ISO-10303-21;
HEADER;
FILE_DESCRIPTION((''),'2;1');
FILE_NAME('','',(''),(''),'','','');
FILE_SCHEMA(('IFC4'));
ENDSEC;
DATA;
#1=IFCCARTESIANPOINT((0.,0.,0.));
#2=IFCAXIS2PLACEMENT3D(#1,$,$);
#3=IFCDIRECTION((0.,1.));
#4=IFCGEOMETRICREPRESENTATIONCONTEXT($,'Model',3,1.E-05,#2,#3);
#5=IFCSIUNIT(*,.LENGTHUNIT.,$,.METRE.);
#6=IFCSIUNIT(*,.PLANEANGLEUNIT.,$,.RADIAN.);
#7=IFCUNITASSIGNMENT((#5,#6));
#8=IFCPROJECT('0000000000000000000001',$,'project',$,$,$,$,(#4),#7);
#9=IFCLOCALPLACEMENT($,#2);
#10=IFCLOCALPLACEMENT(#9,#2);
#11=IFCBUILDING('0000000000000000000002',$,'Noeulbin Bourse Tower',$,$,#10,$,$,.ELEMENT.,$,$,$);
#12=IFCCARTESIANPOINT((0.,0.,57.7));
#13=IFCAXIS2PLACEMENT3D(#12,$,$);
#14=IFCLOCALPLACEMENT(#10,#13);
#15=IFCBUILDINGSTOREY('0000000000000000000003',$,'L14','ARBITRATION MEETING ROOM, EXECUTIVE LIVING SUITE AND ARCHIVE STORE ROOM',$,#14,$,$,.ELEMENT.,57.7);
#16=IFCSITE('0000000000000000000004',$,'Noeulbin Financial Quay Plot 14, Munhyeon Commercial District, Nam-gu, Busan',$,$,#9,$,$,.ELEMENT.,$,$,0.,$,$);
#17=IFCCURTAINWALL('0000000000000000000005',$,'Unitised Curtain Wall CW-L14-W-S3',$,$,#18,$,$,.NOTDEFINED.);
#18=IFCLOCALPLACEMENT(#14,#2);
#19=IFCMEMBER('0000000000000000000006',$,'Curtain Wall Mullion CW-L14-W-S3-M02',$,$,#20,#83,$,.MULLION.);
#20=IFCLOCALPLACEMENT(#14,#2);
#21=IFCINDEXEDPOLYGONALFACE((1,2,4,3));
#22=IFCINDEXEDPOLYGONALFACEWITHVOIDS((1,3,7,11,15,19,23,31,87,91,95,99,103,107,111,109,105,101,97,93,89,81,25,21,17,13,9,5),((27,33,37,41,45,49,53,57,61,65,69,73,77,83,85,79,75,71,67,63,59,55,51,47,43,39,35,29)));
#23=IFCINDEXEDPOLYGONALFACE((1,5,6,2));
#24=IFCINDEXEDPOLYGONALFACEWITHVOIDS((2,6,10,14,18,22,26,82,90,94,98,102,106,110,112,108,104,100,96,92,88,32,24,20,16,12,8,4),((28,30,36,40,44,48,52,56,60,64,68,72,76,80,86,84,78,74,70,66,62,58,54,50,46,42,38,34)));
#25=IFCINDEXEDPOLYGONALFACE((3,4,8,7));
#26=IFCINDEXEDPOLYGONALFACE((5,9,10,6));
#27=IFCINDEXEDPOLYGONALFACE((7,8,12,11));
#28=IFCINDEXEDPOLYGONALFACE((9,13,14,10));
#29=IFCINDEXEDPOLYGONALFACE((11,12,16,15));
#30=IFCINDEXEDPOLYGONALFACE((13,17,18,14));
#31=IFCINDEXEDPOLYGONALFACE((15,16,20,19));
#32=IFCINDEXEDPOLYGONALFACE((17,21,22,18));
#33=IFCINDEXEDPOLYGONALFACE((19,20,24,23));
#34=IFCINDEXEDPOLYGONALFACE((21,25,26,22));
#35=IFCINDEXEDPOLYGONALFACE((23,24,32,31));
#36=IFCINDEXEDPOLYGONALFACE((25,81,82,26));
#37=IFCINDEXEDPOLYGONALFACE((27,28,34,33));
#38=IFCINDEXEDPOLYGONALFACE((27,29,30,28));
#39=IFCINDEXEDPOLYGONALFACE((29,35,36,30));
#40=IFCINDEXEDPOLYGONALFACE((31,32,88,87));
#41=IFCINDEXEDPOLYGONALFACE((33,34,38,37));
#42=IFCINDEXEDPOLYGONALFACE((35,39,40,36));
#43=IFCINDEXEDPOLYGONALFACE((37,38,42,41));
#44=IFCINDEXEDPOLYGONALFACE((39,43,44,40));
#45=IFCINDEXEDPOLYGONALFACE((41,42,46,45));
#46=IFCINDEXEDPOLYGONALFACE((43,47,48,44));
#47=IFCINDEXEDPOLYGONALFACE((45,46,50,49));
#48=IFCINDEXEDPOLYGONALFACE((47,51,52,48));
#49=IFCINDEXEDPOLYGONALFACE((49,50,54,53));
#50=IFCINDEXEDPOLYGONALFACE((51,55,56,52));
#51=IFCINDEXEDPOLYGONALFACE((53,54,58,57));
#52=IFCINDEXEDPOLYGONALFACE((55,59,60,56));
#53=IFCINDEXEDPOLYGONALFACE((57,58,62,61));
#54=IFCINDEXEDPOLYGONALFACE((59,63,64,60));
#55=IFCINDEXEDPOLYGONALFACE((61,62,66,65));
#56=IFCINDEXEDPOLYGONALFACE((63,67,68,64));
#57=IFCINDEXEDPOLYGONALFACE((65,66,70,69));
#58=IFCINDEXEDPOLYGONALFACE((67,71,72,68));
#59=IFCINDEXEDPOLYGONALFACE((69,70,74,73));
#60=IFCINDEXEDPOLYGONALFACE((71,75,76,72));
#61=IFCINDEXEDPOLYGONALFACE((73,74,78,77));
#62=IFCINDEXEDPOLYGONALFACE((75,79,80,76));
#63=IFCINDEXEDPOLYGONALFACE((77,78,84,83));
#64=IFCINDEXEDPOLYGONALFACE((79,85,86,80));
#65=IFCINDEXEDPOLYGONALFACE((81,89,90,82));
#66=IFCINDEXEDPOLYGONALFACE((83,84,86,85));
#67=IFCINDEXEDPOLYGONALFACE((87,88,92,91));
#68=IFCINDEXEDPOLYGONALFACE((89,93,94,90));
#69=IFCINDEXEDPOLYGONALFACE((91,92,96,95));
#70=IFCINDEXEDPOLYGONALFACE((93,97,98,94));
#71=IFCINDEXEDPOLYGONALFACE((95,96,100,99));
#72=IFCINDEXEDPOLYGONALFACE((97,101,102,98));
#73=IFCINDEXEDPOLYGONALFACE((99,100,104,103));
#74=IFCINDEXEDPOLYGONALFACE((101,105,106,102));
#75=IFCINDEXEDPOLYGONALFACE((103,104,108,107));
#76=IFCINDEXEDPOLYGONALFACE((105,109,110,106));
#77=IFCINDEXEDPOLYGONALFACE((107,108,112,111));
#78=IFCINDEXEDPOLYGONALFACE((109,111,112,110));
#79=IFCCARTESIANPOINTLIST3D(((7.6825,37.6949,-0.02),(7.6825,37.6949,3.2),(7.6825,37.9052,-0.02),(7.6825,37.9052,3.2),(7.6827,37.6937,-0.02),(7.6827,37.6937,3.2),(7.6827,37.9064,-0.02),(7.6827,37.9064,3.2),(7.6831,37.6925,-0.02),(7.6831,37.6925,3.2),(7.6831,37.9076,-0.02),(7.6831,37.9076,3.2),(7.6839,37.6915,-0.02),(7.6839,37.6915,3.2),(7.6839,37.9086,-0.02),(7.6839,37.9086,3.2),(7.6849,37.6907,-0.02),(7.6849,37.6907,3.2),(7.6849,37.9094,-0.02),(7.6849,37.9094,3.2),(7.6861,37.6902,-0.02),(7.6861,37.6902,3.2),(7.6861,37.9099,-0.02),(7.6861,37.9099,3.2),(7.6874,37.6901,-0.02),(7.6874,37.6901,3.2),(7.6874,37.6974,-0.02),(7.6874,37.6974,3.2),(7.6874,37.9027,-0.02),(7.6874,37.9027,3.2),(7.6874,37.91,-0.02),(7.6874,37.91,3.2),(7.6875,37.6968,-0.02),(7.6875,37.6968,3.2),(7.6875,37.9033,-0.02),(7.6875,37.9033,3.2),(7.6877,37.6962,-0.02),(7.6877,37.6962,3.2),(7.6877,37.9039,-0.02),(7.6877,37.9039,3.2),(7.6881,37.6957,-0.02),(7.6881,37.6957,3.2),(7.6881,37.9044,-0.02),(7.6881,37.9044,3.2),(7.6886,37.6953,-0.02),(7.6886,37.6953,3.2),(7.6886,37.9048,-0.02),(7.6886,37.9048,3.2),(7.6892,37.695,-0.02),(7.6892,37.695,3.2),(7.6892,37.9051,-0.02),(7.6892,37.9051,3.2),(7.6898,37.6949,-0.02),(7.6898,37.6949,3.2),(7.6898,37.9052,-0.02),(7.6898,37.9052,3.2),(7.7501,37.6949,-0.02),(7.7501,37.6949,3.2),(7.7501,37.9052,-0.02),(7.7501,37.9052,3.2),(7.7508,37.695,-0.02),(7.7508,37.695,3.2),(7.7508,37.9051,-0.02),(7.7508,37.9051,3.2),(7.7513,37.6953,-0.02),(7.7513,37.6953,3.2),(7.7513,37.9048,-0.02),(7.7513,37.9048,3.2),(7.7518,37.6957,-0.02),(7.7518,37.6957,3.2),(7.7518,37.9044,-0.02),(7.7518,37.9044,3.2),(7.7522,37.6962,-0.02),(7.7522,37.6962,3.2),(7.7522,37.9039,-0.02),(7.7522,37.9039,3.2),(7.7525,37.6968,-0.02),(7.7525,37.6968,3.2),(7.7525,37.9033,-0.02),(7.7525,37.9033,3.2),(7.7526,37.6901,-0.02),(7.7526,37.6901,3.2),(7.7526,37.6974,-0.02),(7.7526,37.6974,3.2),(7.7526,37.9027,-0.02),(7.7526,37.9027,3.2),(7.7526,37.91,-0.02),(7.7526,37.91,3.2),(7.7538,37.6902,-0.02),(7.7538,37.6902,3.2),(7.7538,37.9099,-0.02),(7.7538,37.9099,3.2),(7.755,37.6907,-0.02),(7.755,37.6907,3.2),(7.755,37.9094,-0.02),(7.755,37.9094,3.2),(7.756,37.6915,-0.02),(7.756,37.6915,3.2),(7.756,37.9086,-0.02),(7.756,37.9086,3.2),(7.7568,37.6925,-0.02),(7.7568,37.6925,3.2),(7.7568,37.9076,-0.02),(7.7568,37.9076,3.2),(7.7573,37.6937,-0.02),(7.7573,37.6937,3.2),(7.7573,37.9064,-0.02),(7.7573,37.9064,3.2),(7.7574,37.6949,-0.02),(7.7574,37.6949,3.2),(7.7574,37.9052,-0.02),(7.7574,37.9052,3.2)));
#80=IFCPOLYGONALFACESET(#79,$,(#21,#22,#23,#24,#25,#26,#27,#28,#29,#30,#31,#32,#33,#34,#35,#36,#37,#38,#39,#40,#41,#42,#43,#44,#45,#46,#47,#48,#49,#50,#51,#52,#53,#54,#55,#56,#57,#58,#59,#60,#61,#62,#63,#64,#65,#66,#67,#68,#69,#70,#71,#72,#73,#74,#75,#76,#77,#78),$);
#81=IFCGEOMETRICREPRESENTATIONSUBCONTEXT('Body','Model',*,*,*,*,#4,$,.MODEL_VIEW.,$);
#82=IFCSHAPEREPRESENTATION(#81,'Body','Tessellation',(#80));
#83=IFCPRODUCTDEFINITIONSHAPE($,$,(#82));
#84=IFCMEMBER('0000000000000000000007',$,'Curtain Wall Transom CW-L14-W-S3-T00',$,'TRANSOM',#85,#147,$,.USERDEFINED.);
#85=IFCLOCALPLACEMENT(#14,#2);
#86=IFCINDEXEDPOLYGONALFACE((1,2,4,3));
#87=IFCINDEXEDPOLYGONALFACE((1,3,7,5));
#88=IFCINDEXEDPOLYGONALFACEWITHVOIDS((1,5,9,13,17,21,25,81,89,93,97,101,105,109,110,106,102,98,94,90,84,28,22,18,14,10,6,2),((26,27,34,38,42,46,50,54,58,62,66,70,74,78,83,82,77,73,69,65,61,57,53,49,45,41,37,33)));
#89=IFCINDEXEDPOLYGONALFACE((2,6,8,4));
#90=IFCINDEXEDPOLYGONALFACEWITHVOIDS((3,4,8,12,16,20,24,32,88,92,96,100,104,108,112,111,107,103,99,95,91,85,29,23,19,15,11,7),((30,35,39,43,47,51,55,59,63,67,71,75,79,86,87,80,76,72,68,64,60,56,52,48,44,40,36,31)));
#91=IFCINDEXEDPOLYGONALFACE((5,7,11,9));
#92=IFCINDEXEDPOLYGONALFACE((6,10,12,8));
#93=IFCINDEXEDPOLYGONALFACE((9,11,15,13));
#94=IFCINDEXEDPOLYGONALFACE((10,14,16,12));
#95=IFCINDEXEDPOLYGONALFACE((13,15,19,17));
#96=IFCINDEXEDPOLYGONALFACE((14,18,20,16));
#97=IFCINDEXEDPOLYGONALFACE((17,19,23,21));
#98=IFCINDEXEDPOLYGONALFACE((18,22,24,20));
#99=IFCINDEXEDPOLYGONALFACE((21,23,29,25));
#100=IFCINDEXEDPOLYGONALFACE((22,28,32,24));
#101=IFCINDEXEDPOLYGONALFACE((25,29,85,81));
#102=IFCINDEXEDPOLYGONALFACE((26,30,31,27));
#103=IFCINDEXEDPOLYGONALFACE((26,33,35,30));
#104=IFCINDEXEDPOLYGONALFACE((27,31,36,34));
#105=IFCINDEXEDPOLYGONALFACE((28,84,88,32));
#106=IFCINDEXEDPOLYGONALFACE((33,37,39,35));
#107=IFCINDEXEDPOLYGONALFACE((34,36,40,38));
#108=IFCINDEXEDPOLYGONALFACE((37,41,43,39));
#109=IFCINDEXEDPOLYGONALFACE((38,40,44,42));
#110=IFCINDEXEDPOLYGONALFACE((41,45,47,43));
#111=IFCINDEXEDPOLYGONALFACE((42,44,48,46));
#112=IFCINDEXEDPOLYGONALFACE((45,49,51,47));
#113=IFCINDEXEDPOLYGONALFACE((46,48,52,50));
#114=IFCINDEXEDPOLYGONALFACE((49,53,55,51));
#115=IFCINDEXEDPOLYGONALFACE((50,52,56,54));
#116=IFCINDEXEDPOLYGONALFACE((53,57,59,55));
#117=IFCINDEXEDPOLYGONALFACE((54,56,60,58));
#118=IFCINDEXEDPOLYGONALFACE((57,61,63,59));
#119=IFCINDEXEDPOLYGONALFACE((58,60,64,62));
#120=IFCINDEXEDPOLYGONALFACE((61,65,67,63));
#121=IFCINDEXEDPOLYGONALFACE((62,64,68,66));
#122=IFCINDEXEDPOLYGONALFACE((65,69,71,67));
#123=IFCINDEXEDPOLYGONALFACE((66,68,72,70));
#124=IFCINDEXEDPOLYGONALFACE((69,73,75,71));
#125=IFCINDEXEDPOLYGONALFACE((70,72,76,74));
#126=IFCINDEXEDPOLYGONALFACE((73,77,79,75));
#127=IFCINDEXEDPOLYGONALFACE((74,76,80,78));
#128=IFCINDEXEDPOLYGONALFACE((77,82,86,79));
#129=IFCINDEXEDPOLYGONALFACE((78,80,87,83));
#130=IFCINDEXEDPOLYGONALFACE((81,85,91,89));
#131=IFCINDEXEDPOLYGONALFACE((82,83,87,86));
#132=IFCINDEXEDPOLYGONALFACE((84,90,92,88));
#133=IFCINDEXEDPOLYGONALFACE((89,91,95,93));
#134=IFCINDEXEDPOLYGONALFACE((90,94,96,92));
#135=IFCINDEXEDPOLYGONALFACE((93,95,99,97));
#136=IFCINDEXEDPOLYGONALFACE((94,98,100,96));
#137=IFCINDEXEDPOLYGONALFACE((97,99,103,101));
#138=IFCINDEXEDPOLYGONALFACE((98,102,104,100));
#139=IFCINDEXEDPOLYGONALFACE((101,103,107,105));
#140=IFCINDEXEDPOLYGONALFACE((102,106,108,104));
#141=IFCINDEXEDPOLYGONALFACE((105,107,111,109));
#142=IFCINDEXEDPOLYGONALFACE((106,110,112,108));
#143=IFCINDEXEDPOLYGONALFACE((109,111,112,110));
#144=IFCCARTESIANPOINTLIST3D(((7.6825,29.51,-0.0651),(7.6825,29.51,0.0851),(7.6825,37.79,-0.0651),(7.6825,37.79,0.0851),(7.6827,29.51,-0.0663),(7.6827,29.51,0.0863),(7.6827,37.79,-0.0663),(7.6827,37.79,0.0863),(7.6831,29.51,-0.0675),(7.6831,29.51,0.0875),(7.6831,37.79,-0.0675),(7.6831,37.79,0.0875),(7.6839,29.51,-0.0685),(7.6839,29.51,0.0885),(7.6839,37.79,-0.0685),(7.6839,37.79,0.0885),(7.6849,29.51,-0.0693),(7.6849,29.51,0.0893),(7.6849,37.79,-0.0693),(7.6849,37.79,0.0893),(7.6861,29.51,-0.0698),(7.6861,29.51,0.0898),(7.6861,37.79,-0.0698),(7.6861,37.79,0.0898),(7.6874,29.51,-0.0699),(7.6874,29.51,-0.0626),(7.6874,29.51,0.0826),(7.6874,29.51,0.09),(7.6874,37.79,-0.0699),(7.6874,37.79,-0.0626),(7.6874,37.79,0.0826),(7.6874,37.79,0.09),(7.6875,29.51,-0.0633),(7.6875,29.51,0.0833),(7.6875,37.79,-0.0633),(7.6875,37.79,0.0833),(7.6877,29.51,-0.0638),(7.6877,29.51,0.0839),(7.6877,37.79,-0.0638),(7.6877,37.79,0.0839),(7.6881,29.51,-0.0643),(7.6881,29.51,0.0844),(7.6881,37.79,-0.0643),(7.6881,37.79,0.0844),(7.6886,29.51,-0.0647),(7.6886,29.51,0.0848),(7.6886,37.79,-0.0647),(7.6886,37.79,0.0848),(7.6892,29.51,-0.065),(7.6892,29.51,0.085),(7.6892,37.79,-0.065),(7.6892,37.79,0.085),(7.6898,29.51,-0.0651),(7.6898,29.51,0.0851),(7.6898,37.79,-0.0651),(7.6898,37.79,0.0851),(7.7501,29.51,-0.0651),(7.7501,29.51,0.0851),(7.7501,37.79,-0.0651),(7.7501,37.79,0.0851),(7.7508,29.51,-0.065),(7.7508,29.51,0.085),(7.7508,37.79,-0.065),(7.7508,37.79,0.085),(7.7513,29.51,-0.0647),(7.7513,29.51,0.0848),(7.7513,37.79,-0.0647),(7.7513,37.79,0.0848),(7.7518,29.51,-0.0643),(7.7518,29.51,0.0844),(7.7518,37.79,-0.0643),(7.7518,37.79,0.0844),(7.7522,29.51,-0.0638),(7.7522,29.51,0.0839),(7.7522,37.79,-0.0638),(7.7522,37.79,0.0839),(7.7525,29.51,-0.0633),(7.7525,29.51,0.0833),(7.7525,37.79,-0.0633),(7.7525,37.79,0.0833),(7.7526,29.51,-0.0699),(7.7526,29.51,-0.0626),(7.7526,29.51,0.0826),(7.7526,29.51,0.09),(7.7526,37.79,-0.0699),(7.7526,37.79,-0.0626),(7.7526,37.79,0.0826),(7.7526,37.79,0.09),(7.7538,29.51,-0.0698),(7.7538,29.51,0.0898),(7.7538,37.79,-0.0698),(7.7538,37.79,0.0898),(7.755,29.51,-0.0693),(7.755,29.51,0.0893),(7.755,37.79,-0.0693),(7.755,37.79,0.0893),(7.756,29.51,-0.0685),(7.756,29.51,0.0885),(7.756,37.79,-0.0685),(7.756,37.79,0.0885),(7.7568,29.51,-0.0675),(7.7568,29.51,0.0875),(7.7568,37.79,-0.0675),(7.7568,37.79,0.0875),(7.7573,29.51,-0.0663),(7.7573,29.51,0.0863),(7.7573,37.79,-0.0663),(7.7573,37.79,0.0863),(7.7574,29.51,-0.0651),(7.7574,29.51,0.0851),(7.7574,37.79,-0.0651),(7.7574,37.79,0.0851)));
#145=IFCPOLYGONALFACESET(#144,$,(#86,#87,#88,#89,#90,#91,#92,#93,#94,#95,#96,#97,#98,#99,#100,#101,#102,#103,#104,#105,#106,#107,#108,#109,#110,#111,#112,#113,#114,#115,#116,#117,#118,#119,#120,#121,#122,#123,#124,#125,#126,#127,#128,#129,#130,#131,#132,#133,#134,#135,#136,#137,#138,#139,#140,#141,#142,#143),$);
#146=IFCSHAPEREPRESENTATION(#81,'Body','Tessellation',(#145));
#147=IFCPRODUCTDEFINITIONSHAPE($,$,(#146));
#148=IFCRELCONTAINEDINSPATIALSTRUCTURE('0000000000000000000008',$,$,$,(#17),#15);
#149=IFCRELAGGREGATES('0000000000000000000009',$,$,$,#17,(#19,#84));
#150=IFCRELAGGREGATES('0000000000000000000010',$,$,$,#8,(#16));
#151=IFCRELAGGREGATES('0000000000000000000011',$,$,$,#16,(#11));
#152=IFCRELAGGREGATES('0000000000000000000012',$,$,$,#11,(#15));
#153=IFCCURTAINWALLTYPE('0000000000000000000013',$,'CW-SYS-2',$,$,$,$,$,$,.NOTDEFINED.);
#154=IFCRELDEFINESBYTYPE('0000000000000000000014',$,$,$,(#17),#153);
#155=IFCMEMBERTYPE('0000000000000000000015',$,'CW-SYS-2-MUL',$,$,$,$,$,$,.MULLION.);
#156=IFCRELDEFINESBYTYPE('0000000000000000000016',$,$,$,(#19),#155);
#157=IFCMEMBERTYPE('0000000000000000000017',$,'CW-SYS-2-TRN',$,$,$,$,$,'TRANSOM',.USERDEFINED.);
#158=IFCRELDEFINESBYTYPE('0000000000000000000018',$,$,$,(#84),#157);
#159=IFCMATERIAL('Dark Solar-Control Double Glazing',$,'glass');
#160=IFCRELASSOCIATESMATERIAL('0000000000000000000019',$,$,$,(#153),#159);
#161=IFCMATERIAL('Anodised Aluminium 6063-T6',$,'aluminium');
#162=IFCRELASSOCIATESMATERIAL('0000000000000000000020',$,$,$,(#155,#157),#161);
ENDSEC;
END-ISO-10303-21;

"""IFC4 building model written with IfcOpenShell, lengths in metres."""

from ifc_helpers import new_model, si_unit, direction, frame, origin, origin_2d, place, context, subcontext, project, spatial, hollow_rectangle, extrude, material, material_profile, profile_set, type_object, element, aggregate, save


model = new_model("IFC4")

# Units and contexts
model_context = context("Model", 3, precision=1e-05, world=origin(), true_north=direction((0.0, 1.0)))
body_context = subcontext(model_context, "Body", "Model", "MODEL_VIEW")
ifc_project = project(units=[si_unit("LENGTHUNIT", "METRE"), si_unit("PLANEANGLEUNIT", "RADIAN")], contexts=[model_context])

# Site, building, storey
site_placement = place(None, origin())
site = spatial("IfcSite", under=ifc_project, at=site_placement, Name="Noeulbin Financial Quay Plot 14, Munhyeon Commercial District, Nam-gu, Busan", CompositionType="ELEMENT", RefElevation=0.0)
building_placement = place(site_placement, origin())
building = spatial("IfcBuilding", under=site, at=building_placement, Name="Noeulbin Bourse Tower", CompositionType="ELEMENT")
storey_placement = place(building_placement, frame((0.0, 0.0, 57.7)))
storey = spatial("IfcBuildingStorey", under=building, at=storey_placement, Name="L14", Description="ARBITRATION MEETING ROOM, EXECUTIVE LIVING SUITE AND ARCHIVE STORE ROOM", CompositionType="ELEMENT", Elevation=57.7)

# Shared definitions
ifc_material_1 = material(Name="Dark Solar-Control Double Glazing", Category="glass")
curtain_wall_type = type_object("IfcCurtainWallType", Name="CW-SYS-2", PredefinedType="NOTDEFINED", material=ifc_material_1)
ifc_material_2 = material(Name="Anodised Aluminium 6063-T6", Category="aluminium")
ifc_material_profile_1 = material_profile(ifc_material_2, hollow_rectangle(XDim=0.075, YDim=0.22, WallThickness=0.0049, InnerFilletRadius=0.0024, OuterFilletRadius=0.0049, at=origin_2d()), Name="ALU-MULL-75x220x5", Category="LoadBearing")
ifc_profile_set_1 = profile_set([ifc_material_profile_1], Name="Anodised Aluminium 6063-T6")
member_type_1 = type_object("IfcMemberType", Name="CW-SYS-2-MUL", PredefinedType="MULLION", material=ifc_profile_set_1)

# Curtain wall, members
curtain_wall_1_placement = place(storey_placement, origin())
curtain_wall_1 = element("IfcCurtainWall", 1, at=curtain_wall_1_placement, inside=storey, type_object=curtain_wall_type, Name="Unitised Curtain Wall CW-L14-W-S3", PredefinedType="NOTDEFINED")
member_1_placement = place(storey_placement, frame((7.72, 37.8, -0.02), z_axis=(0.0, 0.0, 1.0), x_axis=(1.0, 0.0, 0.0)))
member_1 = element("IfcMember", 2, at=member_1_placement, type_object=member_type_1, Name="Curtain Wall Mullion CW-L14-W-S3-M02", PredefinedType="MULLION", context=body_context, shape_type="SweptSolid", body=[
    extrude(hollow_rectangle(XDim=0.075, YDim=0.22, WallThickness=0.0049, InnerFilletRadius=0.0024, OuterFilletRadius=0.0049, at=origin_2d()), origin(), (0.0, 0.0, 1.0), 3.22),
])
ifc_material_profile_2 = material_profile(ifc_material_2, hollow_rectangle(XDim=0.075, YDim=0.1599, WallThickness=0.0049, InnerFilletRadius=0.0024, OuterFilletRadius=0.0049, at=origin_2d()), Name="ALU-TRAN-75x160x5", Category="LoadBearing")
ifc_profile_set_2 = profile_set([ifc_material_profile_2], Name="Anodised Aluminium 6063-T6")
member_type_2 = type_object("IfcMemberType", Name="CW-SYS-2-TRN", ElementType="TRANSOM", PredefinedType="USERDEFINED", material=ifc_profile_set_2)
member_2_placement = place(storey_placement, frame((7.72, 29.51, 0.01), z_axis=(0.0, 1.0, 0.0), x_axis=(-1.0, 0.0, 0.0)))
member_2 = element("IfcMember", 3, at=member_2_placement, type_object=member_type_2, Name="Curtain Wall Transom CW-L14-W-S3-T00", ObjectType="TRANSOM", PredefinedType="USERDEFINED", context=body_context, shape_type="SweptSolid", body=[
    extrude(hollow_rectangle(XDim=0.075, YDim=0.1599, WallThickness=0.0049, InnerFilletRadius=0.0024, OuterFilletRadius=0.0049, at=origin_2d()), origin(), (0.0, 0.0, 1.0), 8.28),
])
aggregate(curtain_wall_1, [member_1, member_2])

save(model, "model.ifc")
